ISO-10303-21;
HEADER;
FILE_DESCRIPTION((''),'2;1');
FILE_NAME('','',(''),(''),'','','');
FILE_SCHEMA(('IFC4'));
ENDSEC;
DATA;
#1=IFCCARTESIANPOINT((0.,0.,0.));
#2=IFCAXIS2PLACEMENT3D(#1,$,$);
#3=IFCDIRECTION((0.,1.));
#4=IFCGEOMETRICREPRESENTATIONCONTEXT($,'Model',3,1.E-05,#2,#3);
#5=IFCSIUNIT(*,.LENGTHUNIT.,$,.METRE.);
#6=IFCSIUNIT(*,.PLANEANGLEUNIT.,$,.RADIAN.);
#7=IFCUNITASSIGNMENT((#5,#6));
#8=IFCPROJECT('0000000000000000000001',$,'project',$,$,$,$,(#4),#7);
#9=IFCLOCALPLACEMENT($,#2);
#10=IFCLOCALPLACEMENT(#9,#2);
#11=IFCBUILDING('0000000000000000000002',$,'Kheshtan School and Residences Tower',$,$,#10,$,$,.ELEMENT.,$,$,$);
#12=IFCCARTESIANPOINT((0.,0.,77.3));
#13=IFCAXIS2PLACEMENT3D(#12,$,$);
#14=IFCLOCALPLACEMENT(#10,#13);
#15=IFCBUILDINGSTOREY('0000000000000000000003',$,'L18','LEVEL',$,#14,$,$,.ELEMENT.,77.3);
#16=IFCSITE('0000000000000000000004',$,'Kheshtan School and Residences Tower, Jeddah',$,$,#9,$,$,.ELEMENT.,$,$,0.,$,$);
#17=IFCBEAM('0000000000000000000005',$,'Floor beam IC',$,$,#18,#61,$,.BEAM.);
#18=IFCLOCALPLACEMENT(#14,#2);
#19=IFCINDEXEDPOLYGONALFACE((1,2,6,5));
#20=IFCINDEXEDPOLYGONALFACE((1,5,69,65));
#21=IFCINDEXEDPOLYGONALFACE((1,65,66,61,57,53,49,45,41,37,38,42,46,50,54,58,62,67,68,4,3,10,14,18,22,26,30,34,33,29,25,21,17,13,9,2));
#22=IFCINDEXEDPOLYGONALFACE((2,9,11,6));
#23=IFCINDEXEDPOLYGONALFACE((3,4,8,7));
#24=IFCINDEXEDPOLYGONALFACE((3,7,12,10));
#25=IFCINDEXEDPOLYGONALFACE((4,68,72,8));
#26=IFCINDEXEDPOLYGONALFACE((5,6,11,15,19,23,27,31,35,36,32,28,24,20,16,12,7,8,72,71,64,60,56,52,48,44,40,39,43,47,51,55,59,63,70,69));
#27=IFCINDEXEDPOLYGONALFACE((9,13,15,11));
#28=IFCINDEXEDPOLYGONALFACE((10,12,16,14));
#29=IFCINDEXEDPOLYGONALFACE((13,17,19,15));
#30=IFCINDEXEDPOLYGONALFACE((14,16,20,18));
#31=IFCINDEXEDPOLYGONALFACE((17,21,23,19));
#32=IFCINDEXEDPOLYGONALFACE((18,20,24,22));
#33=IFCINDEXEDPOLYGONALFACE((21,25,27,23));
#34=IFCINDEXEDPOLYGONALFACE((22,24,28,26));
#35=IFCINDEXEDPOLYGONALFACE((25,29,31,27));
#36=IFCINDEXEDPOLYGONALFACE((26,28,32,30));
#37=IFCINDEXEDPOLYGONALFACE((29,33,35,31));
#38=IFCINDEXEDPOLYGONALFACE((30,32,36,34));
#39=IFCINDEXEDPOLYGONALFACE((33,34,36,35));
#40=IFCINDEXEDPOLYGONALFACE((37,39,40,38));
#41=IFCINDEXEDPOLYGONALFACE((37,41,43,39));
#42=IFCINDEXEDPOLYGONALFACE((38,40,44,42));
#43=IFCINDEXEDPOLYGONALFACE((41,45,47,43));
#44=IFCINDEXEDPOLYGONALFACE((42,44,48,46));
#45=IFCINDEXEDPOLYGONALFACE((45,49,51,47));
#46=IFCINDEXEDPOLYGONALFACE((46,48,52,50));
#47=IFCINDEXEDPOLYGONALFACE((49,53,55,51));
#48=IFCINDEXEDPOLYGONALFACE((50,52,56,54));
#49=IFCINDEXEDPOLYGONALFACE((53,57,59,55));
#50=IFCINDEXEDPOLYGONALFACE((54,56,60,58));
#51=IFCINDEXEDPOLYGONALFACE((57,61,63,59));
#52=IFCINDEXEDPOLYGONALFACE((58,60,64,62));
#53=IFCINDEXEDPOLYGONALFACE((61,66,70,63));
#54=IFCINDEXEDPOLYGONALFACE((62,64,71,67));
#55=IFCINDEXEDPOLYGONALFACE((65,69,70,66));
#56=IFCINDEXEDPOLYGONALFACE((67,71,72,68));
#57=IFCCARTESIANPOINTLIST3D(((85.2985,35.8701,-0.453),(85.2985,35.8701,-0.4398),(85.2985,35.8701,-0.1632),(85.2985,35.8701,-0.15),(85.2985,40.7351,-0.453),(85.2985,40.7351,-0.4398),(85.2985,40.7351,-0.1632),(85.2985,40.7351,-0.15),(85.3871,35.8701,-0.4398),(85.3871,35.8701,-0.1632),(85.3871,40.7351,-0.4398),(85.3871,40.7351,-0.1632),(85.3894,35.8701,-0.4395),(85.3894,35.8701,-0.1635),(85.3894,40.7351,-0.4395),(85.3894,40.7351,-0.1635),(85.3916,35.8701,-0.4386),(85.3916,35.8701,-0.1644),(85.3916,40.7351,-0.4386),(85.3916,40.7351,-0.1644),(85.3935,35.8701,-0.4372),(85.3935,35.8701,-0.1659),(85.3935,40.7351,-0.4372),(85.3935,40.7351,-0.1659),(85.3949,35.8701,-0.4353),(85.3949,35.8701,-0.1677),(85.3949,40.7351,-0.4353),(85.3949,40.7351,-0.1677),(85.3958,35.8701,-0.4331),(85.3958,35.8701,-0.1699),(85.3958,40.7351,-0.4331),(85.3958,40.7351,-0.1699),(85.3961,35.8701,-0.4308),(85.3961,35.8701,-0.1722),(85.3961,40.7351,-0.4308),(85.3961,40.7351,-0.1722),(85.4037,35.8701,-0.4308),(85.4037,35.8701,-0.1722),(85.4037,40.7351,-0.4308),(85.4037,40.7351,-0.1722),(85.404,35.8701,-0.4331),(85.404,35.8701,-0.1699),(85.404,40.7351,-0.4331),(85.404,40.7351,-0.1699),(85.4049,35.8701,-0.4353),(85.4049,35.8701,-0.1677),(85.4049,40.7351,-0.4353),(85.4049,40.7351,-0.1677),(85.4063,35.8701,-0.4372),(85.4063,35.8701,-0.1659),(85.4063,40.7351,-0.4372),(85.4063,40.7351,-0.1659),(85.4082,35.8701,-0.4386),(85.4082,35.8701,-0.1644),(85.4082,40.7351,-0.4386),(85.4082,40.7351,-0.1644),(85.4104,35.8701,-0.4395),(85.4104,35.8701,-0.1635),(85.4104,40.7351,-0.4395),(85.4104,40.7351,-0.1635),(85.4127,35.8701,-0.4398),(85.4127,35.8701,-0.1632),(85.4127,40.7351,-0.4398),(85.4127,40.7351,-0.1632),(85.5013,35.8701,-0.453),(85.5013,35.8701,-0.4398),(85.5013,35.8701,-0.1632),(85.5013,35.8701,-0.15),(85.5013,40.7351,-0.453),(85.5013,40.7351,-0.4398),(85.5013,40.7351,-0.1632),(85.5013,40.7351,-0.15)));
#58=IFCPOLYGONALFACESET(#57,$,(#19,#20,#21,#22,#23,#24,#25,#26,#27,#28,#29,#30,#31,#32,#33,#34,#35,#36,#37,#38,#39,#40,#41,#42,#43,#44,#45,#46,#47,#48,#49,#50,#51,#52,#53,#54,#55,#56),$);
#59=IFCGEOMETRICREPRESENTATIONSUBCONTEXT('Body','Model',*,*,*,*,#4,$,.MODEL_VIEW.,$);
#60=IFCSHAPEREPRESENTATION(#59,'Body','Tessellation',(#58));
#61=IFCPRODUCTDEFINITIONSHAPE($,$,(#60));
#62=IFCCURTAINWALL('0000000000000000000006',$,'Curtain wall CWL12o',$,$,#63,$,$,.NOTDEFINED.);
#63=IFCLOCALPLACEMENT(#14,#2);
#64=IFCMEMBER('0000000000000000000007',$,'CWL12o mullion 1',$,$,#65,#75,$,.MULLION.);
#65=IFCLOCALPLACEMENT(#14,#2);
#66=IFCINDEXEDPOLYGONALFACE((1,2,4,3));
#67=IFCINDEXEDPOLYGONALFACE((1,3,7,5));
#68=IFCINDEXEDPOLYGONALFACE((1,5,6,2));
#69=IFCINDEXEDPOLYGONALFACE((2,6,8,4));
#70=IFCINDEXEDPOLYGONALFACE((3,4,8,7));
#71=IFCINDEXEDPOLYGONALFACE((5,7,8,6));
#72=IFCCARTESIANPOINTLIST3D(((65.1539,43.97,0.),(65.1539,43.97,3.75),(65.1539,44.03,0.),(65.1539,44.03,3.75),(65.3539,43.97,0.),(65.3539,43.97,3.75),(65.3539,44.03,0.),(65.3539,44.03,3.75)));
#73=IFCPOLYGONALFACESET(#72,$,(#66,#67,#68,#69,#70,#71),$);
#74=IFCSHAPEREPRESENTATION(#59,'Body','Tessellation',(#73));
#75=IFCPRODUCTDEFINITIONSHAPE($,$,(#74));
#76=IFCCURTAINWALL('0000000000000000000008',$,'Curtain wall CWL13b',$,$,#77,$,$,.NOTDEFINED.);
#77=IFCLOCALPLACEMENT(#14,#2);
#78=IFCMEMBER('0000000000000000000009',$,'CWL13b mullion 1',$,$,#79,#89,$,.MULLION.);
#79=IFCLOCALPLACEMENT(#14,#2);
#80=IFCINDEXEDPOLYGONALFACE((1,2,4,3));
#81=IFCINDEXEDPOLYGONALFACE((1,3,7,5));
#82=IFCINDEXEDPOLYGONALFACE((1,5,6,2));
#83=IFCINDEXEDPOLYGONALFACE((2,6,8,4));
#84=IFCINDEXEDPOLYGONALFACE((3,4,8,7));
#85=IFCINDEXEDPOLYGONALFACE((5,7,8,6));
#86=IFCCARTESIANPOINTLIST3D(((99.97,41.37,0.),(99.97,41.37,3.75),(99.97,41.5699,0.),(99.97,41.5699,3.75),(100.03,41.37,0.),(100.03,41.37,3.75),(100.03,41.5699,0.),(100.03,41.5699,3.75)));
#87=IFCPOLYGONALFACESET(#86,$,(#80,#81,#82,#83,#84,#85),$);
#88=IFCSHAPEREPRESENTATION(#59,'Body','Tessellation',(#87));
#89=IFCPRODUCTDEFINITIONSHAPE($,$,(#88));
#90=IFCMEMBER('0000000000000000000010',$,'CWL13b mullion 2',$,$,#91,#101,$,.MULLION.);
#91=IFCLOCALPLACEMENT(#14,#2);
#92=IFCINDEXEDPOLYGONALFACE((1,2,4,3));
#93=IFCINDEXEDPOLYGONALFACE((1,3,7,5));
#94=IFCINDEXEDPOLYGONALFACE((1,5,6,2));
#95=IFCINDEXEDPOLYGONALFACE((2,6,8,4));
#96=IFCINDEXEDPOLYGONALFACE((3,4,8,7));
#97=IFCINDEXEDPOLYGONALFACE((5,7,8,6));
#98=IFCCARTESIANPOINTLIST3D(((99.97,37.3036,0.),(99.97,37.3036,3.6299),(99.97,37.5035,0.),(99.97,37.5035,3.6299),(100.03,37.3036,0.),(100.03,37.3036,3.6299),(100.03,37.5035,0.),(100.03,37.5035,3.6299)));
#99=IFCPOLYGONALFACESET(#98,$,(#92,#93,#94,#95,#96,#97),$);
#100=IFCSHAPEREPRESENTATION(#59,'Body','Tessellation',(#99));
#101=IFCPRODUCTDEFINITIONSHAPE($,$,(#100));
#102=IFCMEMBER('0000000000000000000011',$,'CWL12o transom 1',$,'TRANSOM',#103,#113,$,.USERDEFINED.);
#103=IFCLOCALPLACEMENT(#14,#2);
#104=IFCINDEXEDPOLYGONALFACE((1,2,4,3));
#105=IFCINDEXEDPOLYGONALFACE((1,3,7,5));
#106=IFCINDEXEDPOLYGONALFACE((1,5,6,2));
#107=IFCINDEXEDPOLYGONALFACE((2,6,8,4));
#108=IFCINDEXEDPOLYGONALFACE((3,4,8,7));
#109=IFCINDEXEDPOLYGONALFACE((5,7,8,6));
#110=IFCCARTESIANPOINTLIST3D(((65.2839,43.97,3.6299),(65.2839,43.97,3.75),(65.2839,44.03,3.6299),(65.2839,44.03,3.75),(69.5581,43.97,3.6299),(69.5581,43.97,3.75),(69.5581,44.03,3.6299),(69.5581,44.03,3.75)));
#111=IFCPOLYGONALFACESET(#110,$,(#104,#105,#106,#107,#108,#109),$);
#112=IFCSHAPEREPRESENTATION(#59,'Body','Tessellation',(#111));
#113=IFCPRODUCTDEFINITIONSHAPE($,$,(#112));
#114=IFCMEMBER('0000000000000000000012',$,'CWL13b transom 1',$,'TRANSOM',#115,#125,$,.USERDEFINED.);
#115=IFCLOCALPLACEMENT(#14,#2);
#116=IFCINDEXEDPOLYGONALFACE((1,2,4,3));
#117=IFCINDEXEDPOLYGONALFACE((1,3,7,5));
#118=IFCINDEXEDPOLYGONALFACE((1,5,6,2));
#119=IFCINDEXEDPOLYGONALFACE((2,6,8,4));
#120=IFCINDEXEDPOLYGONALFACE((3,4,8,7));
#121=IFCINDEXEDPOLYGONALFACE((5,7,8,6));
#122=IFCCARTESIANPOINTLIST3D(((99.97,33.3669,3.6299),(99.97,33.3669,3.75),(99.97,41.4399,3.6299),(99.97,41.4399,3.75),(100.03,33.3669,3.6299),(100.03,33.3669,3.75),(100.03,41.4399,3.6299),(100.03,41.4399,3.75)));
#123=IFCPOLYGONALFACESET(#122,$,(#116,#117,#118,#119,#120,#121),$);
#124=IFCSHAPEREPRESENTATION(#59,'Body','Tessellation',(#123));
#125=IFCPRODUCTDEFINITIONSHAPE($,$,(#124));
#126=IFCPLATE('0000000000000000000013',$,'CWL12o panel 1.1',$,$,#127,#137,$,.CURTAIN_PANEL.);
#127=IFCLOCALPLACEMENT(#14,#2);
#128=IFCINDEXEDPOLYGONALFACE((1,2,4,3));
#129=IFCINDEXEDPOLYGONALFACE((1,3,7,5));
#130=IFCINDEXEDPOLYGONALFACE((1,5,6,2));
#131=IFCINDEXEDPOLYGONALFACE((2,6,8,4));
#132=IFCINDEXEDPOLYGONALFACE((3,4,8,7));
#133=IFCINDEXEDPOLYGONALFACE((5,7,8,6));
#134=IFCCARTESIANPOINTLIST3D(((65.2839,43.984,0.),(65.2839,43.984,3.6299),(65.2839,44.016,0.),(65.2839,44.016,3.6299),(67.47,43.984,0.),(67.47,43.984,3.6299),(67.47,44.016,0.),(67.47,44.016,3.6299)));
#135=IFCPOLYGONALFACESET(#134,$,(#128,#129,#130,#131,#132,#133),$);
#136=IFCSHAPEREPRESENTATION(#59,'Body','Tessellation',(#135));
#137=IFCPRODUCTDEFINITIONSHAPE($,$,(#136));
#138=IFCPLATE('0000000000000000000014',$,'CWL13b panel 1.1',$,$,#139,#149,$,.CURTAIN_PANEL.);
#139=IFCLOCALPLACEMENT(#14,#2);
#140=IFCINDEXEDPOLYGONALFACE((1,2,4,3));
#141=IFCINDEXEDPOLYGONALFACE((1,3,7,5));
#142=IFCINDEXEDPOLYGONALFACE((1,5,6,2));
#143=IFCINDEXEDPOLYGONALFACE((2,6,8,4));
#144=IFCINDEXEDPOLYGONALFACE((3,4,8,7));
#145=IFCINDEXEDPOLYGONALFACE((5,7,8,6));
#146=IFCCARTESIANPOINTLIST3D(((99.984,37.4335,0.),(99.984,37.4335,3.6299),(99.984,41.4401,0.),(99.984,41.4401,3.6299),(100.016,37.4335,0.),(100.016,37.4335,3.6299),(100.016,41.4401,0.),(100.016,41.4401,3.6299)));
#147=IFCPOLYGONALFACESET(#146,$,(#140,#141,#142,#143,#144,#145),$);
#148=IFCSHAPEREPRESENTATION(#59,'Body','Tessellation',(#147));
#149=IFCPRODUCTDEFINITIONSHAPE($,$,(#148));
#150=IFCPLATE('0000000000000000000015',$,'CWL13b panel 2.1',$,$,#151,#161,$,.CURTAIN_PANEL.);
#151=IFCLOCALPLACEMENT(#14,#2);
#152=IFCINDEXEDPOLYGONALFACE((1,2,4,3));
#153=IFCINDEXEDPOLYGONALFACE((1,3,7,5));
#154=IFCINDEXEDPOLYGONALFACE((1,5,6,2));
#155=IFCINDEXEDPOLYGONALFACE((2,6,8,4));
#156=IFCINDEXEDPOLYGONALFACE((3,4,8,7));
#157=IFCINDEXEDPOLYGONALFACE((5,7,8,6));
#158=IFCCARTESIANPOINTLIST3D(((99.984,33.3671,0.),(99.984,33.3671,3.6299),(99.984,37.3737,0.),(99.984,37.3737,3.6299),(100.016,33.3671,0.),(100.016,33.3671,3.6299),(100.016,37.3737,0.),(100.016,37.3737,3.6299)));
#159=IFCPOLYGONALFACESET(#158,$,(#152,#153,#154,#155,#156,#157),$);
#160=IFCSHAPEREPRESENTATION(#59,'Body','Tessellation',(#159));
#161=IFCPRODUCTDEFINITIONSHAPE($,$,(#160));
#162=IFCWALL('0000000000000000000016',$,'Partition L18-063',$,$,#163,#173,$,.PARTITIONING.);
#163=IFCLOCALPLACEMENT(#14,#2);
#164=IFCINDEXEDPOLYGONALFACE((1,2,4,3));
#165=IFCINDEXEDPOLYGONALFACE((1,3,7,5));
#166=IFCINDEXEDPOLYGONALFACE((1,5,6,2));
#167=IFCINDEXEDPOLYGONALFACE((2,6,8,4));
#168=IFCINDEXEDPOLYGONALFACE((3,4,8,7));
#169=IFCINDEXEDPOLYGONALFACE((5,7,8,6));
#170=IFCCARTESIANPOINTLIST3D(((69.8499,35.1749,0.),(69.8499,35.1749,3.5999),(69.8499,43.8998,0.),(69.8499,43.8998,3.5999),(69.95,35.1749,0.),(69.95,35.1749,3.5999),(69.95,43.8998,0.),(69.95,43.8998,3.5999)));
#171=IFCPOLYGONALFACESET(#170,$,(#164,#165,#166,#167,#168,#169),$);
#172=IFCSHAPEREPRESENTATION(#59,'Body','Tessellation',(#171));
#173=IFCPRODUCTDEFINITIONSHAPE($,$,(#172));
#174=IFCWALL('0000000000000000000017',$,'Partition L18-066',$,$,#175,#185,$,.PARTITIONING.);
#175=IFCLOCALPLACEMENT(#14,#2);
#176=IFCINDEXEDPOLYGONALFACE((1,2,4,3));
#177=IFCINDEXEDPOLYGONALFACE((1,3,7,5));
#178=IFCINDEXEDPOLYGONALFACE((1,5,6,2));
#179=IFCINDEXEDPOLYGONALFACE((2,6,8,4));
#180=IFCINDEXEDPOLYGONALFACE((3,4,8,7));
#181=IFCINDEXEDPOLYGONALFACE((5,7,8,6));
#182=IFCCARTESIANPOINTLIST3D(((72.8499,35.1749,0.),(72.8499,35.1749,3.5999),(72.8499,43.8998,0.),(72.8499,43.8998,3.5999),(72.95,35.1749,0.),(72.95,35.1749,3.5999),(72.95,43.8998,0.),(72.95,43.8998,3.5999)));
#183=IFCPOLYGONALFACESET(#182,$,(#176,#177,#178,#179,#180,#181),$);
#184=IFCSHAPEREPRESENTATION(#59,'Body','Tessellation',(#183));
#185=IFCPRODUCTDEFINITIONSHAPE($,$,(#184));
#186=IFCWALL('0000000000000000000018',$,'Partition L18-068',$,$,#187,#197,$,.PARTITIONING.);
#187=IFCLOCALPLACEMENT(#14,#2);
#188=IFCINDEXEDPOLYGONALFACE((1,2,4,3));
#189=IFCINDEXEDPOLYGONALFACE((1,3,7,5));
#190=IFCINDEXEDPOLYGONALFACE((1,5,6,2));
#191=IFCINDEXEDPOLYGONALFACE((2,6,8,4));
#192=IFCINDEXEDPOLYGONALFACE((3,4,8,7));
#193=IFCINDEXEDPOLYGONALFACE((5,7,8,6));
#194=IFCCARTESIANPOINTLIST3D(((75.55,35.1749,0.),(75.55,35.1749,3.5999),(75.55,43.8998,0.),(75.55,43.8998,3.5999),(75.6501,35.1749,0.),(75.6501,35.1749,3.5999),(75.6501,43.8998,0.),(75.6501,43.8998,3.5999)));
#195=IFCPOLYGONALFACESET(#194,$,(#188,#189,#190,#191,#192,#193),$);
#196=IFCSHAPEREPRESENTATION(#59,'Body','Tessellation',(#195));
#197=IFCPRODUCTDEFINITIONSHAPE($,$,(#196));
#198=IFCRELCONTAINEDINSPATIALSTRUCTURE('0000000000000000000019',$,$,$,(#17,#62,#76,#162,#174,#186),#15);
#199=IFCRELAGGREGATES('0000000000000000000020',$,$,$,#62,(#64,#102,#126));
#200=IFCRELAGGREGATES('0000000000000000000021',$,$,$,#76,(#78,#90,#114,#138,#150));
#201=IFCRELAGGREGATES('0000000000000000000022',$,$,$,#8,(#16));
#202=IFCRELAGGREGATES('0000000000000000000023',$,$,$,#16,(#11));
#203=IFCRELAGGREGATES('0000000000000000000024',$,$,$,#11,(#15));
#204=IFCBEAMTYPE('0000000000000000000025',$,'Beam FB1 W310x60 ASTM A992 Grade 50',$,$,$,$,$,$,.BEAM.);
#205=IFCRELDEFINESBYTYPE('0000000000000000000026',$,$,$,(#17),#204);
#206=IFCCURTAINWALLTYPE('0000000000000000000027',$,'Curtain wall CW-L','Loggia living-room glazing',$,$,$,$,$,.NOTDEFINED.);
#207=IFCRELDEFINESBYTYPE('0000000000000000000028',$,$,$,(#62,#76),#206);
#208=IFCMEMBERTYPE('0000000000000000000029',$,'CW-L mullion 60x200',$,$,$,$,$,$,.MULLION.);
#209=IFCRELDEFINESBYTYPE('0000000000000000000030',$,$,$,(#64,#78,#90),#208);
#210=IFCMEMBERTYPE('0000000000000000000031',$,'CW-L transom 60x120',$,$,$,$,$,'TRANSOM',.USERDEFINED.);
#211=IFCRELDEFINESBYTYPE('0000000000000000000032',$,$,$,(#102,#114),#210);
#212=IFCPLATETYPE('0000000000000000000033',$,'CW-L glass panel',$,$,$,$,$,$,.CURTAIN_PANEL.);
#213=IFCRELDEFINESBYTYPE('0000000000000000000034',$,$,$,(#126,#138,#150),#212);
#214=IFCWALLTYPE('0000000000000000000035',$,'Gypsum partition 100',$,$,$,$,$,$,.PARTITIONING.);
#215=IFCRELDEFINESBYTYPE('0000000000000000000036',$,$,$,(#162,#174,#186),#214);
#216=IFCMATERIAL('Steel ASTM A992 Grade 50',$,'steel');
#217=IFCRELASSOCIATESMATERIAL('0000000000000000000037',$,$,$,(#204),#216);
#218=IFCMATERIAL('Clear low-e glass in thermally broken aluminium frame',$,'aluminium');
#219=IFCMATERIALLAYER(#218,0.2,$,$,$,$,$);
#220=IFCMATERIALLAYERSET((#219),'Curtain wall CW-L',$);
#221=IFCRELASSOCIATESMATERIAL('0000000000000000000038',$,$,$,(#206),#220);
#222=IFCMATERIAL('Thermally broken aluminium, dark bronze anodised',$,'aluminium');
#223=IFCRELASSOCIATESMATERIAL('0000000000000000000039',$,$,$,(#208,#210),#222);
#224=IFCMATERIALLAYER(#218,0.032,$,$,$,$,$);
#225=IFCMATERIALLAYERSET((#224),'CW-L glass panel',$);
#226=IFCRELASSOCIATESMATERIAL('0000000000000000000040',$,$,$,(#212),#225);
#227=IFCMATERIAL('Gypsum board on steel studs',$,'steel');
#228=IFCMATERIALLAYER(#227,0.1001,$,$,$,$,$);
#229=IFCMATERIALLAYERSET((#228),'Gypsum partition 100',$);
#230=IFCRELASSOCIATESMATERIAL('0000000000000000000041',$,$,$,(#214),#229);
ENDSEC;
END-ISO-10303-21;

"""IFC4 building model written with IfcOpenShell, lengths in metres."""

from ifc_helpers import new_model, si_unit, direction, frame, frame_2d, origin, origin_2d, place, context, subcontext, project, spatial, rectangle, i_section, extrude, material, layer, layer_set, material_profile, profile_set, type_object, element, aggregate, save


model = new_model("IFC4")

# Units and contexts
model_context = context("Model", 3, precision=1e-05, world=origin(), true_north=direction((0.0, 1.0)))
body_context = subcontext(model_context, "Body", "Model", "MODEL_VIEW")
ifc_project = project(units=[si_unit("LENGTHUNIT", "METRE"), si_unit("PLANEANGLEUNIT", "RADIAN")], contexts=[model_context])

# Site, building, storey
site_placement = place(None, origin())
site = spatial("IfcSite", under=ifc_project, at=site_placement, Name="Kheshtan School and Residences Tower, Jeddah", CompositionType="ELEMENT", RefElevation=0.0)
building_placement = place(site_placement, origin())
building = spatial("IfcBuilding", under=site, at=building_placement, Name="Kheshtan School and Residences Tower", CompositionType="ELEMENT")
storey_placement = place(building_placement, frame((0.0, 0.0, 77.3)))
storey = spatial("IfcBuildingStorey", under=building, at=storey_placement, Name="L18", Description="LEVEL", CompositionType="ELEMENT", Elevation=77.3)

# Beam
ifc_material_1 = material(Name="Steel ASTM A992 Grade 50", Category="steel")
ifc_material_profile_1 = material_profile(ifc_material_1, i_section(OverallWidth=0.2029, OverallDepth=0.303, WebThickness=0.0076, FlangeThickness=0.0132, FilletRadius=0.009, at=origin_2d()), Name="W310x60")
ifc_profile_set_1 = profile_set([ifc_material_profile_1], Name="Steel ASTM A992 Grade 50")
beam_type = type_object("IfcBeamType", Name="Beam FB1 W310x60 ASTM A992 Grade 50", PredefinedType="BEAM", material=ifc_profile_set_1)
beam_placement = place(storey_placement, frame((85.3999, 40.7351, -0.3015), z_axis=(0.0, -1.0, 0.0), x_axis=(1.0, 0.0, 0.0)))
element("IfcBeam", 1, at=beam_placement, inside=storey, type_object=beam_type, Name="Floor beam IC", PredefinedType="BEAM", context=body_context, shape_type="SweptSolid", body=[
    extrude(i_section(OverallWidth=0.2029, OverallDepth=0.303, WebThickness=0.0076, FlangeThickness=0.0132, FilletRadius=0.009, at=origin_2d()), origin(), (0.0, 0.0, 1.0), 4.865),
])

# Curtain wall, member
ifc_material_2 = material(Name="Clear low-e glass in thermally broken aluminium frame", Category="aluminium")
ifc_layer_1 = layer(ifc_material_2, 0.2)
ifc_layer_set_1 = layer_set([ifc_layer_1], Name="Curtain wall CW-L")
curtain_wall_type = type_object("IfcCurtainWallType", Name="Curtain wall CW-L", Description="Loggia living-room glazing", PredefinedType="NOTDEFINED", material=ifc_layer_set_1)
curtain_wall_1_placement = place(storey_placement, origin())
curtain_wall_1 = element("IfcCurtainWall", 2, at=curtain_wall_1_placement, inside=storey, type_object=curtain_wall_type, Name="Curtain wall CWL12o", PredefinedType="NOTDEFINED")
ifc_material_3 = material(Name="Thermally broken aluminium, dark bronze anodised", Category="aluminium")
ifc_material_profile_2 = material_profile(ifc_material_3, rectangle(XDim=0.0601, YDim=0.2, at=origin_2d()), Name="CW-L mullion 60x200")
ifc_profile_set_2 = profile_set([ifc_material_profile_2], Name="Thermally broken aluminium, dark bronze anodised")
member_type_1 = type_object("IfcMemberType", Name="CW-L mullion 60x200", PredefinedType="MULLION", material=ifc_profile_set_2)
member_1_placement = place(storey_placement, frame((65.2539, 44.0, 0.0), z_axis=(0.0, 0.0, 1.0), x_axis=(0.0, 1.0, 0.0)))
member_1 = element("IfcMember", 3, at=member_1_placement, type_object=member_type_1, Name="CWL12o mullion 1", PredefinedType="MULLION", context=body_context, shape_type="SweptSolid", body=[
    extrude(rectangle(XDim=0.0601, YDim=0.2, at=origin_2d()), origin(), (0.0, 0.0, 1.0), 3.75),
])

# Curtain wall, members
curtain_wall_2_placement = place(storey_placement, origin())
curtain_wall_2 = element("IfcCurtainWall", 4, at=curtain_wall_2_placement, inside=storey, type_object=curtain_wall_type, Name="Curtain wall CWL13b", PredefinedType="NOTDEFINED")
member_2_placement = place(storey_placement, frame((100.0, 41.47, 0.0), z_axis=(0.0, 0.0, 1.0), x_axis=(1.0, 0.0, 0.0)))
member_2 = element("IfcMember", 5, at=member_2_placement, type_object=member_type_1, Name="CWL13b mullion 1", PredefinedType="MULLION", context=body_context, shape_type="SweptSolid", body=[
    extrude(rectangle(XDim=0.0601, YDim=0.2, at=origin_2d()), origin(), (0.0, 0.0, 1.0), 3.75),
])
member_3_placement = place(storey_placement, frame((100.0, 37.4036, 0.0), z_axis=(0.0, 0.0, 1.0), x_axis=(1.0, 0.0, 0.0)))
member_3 = element("IfcMember", 6, at=member_3_placement, type_object=member_type_1, Name="CWL13b mullion 2", PredefinedType="MULLION", context=body_context, shape_type="SweptSolid", body=[
    extrude(rectangle(XDim=0.0601, YDim=0.2, at=origin_2d()), origin(), (0.0, 0.0, 1.0), 3.6299),
])

# Members
ifc_material_profile_3 = material_profile(ifc_material_3, rectangle(XDim=0.0601, YDim=0.1201, at=origin_2d()), Name="CW-L transom 60x120")
ifc_profile_set_3 = profile_set([ifc_material_profile_3], Name="Thermally broken aluminium, dark bronze anodised")
member_type_2 = type_object("IfcMemberType", Name="CW-L transom 60x120", ElementType="TRANSOM", PredefinedType="USERDEFINED", material=ifc_profile_set_3)
member_4_placement = place(storey_placement, frame((65.2839, 44.0, 3.6899), z_axis=(1.0, 0.0, 0.0), x_axis=(0.0, 1.0, 0.0)))
member_4 = element("IfcMember", 7, at=member_4_placement, type_object=member_type_2, Name="CWL12o transom 1", ObjectType="TRANSOM", PredefinedType="USERDEFINED", context=body_context, shape_type="SweptSolid", body=[
    extrude(rectangle(XDim=0.0601, YDim=0.1201, at=origin_2d()), origin(), (0.0, 0.0, 1.0), 4.2742),
])
member_5_placement = place(storey_placement, frame((100.0, 41.4399, 3.6899), z_axis=(0.0, -1.0, 0.0), x_axis=(1.0, 0.0, 0.0)))
member_5 = element("IfcMember", 8, at=member_5_placement, type_object=member_type_2, Name="CWL13b transom 1", ObjectType="TRANSOM", PredefinedType="USERDEFINED", context=body_context, shape_type="SweptSolid", body=[
    extrude(rectangle(XDim=0.0601, YDim=0.1201, at=origin_2d()), origin(), (0.0, 0.0, 1.0), 8.073),
])

# Plates
ifc_layer_2 = layer(ifc_material_2, 0.032)
ifc_layer_set_2 = layer_set([ifc_layer_2], Name="CW-L glass panel")
plate_type = type_object("IfcPlateType", Name="CW-L glass panel", PredefinedType="CURTAIN_PANEL", material=ifc_layer_set_2)
plate_1_placement = place(storey_placement, frame((66.377, 44.0, 0.0), z_axis=(0.0, 0.0, 1.0), x_axis=(1.0, 0.0, 0.0)))
plate_1 = element("IfcPlate", 9, at=plate_1_placement, type_object=plate_type, Name="CWL12o panel 1.1", PredefinedType="CURTAIN_PANEL", context=body_context, shape_type="SweptSolid", body=[
    extrude(rectangle(XDim=2.186, YDim=0.032, at=origin_2d()), origin(), (0.0, 0.0, 1.0), 3.6299),
])
aggregate(curtain_wall_1, [member_1, member_4, plate_1])
plate_2_placement = place(storey_placement, frame((100.0, 39.4368, 0.0), z_axis=(0.0, 0.0, 1.0), x_axis=(0.0, -1.0, 0.0)))
plate_2 = element("IfcPlate", 10, at=plate_2_placement, type_object=plate_type, Name="CWL13b panel 1.1", PredefinedType="CURTAIN_PANEL", context=body_context, shape_type="SweptSolid", body=[
    extrude(rectangle(XDim=4.0066, YDim=0.032, at=origin_2d()), origin(), (0.0, 0.0, 1.0), 3.6299),
])
plate_3_placement = place(storey_placement, frame((100.0, 35.3704, 0.0), z_axis=(0.0, 0.0, 1.0), x_axis=(0.0, -1.0, 0.0)))
plate_3 = element("IfcPlate", 11, at=plate_3_placement, type_object=plate_type, Name="CWL13b panel 2.1", PredefinedType="CURTAIN_PANEL", context=body_context, shape_type="SweptSolid", body=[
    extrude(rectangle(XDim=4.0066, YDim=0.032, at=origin_2d()), origin(), (0.0, 0.0, 1.0), 3.6299),
])
aggregate(curtain_wall_2, [member_2, member_3, member_5, plate_2, plate_3])

# Walls
ifc_material_4 = material(Name="Gypsum board on steel studs", Category="steel")
ifc_layer_3 = layer(ifc_material_4, 0.1001)
ifc_layer_set_3 = layer_set([ifc_layer_3], Name="Gypsum partition 100")
wall_type_1 = type_object("IfcWallType", Name="Gypsum partition 100", PredefinedType="PARTITIONING", material=ifc_layer_set_3)
for number, where, z_axis, x_axis, name in (
    (12, (69.8999, 35.175, 0.0), (0.0, 0.0, 1.0), (0.0, 1.0, 0.0), "Partition L18-063"),
    (13, (72.8999, 35.175, 0.0), (0.0, 0.0, 1.0), (0.0, 1.0, 0.0), "Partition L18-066"),
    (14, (75.6001, 35.175, 0.0), (0.0, 0.0, 1.0), (0.0, 1.0, 0.0), "Partition L18-068"),
):
    element("IfcWall", number, at=place(storey_placement, frame(where, z_axis=z_axis, x_axis=x_axis)), inside=storey, type_object=wall_type_1, Name=name, PredefinedType="PARTITIONING", context=body_context, shape_type="SweptSolid", body=[
        extrude(rectangle(XDim=8.7249, YDim=0.1001, at=frame_2d((4.3623, 0.0))), origin(), (0.0, 0.0, 1.0), 3.5999),
    ])

save(model, "model.ifc")
